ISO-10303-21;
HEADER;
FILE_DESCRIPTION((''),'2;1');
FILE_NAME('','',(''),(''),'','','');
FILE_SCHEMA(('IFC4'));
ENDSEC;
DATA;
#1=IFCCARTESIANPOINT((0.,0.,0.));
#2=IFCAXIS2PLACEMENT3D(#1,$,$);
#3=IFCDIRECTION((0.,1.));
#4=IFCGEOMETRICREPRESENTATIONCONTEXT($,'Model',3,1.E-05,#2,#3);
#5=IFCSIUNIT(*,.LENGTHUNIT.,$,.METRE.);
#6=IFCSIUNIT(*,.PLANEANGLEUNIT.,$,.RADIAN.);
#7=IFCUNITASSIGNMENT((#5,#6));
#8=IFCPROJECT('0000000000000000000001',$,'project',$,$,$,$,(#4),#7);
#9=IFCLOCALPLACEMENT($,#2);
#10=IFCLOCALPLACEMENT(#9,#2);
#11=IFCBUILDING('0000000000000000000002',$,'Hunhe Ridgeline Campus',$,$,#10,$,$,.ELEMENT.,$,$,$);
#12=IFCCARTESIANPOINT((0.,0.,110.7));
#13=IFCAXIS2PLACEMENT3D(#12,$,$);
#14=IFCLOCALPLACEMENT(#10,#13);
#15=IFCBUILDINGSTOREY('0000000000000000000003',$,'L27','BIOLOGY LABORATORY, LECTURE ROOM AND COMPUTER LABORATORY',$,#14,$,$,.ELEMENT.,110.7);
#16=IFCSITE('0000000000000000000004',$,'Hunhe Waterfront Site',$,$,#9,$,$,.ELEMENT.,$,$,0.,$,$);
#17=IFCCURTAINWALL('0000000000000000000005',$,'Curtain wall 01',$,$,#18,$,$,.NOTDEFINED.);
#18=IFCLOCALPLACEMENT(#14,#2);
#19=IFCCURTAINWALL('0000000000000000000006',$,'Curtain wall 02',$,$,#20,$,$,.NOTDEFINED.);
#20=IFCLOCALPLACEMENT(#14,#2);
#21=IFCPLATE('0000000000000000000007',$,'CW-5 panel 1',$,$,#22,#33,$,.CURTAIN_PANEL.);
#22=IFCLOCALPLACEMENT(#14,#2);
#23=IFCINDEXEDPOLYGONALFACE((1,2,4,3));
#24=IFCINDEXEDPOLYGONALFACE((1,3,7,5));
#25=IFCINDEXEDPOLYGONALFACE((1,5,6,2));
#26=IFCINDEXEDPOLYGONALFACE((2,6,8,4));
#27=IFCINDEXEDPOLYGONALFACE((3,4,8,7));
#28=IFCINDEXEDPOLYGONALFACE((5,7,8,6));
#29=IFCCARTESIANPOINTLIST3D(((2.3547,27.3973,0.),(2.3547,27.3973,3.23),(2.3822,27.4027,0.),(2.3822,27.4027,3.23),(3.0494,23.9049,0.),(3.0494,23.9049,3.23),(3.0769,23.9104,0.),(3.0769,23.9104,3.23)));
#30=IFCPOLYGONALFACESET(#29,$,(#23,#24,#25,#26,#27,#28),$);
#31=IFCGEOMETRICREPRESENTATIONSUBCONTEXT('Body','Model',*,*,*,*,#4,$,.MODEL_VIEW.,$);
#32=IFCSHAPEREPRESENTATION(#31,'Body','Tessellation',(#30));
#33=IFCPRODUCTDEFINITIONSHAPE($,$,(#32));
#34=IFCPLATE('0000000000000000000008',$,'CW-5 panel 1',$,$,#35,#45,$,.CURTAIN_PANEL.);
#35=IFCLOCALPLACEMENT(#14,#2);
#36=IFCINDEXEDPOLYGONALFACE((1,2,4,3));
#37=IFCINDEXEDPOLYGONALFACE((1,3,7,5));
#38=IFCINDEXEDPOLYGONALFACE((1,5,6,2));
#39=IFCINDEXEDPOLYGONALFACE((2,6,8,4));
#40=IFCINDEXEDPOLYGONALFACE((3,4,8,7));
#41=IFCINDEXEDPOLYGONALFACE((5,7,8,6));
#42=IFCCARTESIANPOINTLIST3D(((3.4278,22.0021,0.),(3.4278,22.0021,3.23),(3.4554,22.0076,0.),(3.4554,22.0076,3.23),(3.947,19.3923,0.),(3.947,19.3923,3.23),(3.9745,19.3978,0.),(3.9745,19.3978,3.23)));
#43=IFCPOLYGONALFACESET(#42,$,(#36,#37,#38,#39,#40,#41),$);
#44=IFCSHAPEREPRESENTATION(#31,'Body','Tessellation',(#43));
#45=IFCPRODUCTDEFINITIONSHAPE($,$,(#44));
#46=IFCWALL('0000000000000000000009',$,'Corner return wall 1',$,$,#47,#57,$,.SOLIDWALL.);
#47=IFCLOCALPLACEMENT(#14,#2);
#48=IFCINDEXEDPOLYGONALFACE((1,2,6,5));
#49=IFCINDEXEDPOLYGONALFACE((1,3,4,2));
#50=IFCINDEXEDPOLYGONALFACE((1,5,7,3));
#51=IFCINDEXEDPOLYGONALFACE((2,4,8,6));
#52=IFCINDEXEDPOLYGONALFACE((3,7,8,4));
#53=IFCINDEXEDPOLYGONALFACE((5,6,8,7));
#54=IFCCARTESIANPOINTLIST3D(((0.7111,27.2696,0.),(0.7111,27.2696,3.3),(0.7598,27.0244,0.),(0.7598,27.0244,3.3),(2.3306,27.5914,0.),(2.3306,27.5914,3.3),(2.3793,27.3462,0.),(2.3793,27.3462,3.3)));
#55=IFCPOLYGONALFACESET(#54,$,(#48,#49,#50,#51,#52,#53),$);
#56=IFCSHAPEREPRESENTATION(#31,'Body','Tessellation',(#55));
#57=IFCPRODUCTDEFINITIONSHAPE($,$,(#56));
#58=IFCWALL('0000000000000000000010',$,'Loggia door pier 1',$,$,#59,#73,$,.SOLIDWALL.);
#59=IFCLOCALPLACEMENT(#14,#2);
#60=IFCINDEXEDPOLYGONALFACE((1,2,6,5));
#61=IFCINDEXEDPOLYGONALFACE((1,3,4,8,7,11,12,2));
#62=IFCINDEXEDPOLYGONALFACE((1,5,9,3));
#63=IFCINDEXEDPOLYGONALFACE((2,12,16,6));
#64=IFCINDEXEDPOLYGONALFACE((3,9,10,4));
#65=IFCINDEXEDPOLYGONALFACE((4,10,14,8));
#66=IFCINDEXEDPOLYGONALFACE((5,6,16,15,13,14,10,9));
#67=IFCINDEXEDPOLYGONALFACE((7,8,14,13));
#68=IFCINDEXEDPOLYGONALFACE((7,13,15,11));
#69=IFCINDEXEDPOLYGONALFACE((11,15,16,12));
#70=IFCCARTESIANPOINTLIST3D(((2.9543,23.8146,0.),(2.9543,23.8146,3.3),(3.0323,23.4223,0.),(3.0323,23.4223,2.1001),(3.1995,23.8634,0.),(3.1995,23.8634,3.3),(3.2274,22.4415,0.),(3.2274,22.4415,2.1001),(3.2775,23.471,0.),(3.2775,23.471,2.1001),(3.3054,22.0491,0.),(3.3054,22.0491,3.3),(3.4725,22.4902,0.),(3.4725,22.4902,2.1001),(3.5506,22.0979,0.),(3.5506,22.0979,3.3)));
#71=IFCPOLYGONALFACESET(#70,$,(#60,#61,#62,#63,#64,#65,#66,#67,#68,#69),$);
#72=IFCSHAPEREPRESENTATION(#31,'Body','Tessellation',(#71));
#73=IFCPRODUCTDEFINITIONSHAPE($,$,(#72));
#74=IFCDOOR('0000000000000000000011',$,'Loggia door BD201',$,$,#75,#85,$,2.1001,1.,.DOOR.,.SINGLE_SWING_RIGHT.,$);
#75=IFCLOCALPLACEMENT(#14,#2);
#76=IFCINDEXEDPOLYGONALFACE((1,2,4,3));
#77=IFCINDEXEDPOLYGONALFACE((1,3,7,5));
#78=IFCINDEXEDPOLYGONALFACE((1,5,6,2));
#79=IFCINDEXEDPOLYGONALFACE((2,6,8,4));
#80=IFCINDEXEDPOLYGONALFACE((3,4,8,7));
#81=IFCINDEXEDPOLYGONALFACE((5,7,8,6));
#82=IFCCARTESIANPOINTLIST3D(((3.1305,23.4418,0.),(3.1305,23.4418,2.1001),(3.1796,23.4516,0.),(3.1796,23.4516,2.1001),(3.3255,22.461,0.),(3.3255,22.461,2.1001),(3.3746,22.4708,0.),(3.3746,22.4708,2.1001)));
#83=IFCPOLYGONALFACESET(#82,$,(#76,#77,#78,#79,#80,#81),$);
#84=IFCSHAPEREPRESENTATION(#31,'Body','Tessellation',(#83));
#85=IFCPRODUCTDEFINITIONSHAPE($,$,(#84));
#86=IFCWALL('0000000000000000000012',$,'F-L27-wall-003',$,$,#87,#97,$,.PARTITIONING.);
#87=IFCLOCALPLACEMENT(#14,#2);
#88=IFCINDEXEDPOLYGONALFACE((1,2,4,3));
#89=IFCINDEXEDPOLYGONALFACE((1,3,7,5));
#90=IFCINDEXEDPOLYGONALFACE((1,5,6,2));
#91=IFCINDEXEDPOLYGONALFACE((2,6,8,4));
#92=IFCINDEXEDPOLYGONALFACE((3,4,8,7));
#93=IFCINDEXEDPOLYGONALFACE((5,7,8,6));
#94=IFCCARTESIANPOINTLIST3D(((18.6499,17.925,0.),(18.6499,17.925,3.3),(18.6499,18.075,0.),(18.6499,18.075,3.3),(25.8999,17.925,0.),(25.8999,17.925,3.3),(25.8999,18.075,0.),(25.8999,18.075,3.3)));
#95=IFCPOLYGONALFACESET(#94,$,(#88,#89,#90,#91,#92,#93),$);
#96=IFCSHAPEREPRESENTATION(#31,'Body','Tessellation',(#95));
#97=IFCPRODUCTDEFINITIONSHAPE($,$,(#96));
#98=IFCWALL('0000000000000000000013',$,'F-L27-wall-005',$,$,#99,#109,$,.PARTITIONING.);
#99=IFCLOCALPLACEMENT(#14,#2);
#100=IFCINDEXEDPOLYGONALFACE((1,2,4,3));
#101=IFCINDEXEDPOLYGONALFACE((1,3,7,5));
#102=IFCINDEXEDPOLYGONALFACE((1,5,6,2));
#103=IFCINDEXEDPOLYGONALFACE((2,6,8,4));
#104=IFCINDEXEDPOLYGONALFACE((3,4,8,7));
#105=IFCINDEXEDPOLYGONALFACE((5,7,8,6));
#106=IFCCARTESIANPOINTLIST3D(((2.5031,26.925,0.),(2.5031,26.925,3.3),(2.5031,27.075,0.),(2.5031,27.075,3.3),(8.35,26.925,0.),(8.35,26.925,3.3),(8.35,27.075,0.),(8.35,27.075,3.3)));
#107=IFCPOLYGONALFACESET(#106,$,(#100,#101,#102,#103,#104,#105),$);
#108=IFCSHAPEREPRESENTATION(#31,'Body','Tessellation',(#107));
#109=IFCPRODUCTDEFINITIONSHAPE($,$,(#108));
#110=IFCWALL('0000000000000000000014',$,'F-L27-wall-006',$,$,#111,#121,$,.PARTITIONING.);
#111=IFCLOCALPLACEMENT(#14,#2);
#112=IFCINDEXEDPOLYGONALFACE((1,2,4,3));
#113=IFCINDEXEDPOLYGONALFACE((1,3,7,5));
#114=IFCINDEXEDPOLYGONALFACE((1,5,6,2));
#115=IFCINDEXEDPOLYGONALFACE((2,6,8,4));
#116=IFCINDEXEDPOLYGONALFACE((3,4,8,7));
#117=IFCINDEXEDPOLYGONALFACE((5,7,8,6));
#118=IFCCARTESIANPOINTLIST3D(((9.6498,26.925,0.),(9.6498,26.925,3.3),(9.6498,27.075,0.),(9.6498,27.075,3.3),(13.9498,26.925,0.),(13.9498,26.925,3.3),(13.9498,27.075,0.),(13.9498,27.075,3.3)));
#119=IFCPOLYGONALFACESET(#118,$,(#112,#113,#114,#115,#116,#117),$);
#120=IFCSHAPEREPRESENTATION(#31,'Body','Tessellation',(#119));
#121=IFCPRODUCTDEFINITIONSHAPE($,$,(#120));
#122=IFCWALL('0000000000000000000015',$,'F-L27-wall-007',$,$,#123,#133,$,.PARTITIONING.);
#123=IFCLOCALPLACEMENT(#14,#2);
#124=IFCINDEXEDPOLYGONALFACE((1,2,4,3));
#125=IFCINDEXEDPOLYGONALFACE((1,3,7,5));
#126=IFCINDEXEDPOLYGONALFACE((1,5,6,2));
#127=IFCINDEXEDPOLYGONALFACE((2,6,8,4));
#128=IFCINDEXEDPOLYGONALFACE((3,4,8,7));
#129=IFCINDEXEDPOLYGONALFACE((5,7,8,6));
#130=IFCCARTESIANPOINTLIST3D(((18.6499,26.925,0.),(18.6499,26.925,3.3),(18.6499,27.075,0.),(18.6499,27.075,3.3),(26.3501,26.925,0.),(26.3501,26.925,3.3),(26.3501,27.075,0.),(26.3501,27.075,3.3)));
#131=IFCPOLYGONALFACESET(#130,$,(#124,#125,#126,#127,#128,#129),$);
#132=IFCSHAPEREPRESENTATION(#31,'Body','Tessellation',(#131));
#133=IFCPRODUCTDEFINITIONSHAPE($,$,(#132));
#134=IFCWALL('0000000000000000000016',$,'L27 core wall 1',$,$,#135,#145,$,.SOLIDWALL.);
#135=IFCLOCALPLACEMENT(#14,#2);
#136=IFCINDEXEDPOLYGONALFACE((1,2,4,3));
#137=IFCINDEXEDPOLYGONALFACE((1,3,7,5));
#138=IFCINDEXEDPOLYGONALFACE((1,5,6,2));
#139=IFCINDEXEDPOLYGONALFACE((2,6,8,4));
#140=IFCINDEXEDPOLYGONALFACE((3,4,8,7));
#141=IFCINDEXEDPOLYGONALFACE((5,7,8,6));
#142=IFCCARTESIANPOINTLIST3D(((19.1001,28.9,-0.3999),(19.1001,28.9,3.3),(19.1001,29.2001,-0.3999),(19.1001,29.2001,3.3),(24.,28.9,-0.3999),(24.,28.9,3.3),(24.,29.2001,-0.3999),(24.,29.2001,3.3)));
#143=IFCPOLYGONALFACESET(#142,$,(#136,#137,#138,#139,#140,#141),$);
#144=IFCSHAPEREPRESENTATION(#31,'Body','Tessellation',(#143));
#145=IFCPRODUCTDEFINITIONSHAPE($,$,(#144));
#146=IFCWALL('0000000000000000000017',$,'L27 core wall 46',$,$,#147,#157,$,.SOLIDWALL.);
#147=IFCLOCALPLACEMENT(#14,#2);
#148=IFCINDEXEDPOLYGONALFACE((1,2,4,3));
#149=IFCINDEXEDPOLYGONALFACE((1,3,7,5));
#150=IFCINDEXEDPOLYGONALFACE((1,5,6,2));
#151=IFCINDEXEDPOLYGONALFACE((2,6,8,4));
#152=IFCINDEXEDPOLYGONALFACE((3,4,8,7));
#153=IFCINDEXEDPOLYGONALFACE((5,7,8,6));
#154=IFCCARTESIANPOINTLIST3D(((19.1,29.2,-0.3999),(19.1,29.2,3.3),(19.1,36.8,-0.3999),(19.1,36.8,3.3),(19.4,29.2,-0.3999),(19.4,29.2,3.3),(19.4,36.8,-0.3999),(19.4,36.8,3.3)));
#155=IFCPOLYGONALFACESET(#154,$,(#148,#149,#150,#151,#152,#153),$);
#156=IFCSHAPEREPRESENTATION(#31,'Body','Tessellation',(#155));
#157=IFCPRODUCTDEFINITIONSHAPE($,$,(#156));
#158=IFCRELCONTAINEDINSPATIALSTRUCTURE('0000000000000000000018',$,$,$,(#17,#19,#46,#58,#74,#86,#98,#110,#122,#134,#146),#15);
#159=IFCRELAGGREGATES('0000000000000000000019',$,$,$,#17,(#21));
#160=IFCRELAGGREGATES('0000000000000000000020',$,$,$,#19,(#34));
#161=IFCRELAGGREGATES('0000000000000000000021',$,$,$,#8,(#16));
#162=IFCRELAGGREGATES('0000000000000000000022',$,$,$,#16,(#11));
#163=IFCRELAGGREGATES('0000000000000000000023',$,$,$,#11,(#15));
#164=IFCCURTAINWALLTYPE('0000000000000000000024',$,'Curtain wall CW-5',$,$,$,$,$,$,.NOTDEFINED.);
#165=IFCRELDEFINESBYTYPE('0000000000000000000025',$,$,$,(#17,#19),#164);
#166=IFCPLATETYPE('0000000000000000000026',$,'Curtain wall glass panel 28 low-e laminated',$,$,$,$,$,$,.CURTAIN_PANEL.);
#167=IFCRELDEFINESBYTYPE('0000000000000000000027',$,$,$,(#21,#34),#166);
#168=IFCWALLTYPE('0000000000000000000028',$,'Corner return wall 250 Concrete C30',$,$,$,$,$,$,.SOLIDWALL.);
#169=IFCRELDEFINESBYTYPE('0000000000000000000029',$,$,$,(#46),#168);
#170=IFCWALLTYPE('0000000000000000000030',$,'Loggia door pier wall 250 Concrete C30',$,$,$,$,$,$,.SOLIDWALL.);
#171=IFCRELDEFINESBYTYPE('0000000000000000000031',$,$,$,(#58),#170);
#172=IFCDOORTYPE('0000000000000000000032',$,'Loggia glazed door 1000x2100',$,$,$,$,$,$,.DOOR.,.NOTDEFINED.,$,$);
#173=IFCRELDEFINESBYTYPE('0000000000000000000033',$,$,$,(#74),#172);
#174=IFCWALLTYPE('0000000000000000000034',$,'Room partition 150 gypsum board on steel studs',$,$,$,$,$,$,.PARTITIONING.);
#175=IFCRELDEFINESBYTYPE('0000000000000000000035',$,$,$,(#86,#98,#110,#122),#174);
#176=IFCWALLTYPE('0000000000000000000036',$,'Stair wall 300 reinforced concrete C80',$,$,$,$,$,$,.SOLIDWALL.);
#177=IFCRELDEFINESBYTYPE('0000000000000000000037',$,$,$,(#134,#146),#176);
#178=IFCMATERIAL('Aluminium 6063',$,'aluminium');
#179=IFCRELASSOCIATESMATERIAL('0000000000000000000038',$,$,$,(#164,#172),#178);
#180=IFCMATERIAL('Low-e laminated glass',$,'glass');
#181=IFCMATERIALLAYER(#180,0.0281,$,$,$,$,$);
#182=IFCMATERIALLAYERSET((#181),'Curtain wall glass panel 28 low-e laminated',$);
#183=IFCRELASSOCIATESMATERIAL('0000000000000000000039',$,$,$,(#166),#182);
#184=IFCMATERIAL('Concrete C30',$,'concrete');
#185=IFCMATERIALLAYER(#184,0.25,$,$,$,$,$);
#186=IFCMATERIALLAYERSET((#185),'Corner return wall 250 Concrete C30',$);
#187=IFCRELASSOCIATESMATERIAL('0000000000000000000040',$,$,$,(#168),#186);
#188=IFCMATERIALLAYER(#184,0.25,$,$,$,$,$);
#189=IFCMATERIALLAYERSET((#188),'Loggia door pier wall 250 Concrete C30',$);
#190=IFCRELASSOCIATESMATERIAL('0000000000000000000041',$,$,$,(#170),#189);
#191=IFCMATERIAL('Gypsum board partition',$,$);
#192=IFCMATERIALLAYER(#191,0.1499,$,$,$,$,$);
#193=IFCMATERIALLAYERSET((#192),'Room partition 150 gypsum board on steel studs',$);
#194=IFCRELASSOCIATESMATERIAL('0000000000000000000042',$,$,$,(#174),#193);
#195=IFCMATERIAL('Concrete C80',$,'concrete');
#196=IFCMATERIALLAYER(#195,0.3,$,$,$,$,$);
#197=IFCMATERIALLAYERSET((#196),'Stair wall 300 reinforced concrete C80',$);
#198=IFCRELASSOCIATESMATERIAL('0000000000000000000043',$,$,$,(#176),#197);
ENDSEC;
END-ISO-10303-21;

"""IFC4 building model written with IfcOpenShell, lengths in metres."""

from ifc_helpers import new_model, si_unit, direction, frame, frame_2d, origin, origin_2d, place, context, subcontext, project, spatial, rectangle, extrude, material, layer, layer_set, type_object, element, fill, aggregate, save


model = new_model("IFC4")

# Units and contexts
model_context = context("Model", 3, precision=1e-05, world=origin(), true_north=direction((0.0, 1.0)))
body_context = subcontext(model_context, "Body", "Model", "MODEL_VIEW")
ifc_project = project(units=[si_unit("LENGTHUNIT", "METRE"), si_unit("PLANEANGLEUNIT", "RADIAN")], contexts=[model_context])

# Site, building, storey
site_placement = place(None, origin())
site = spatial("IfcSite", under=ifc_project, at=site_placement, Name="Hunhe Waterfront Site", CompositionType="ELEMENT", RefElevation=0.0)
building_placement = place(site_placement, origin())
building = spatial("IfcBuilding", under=site, at=building_placement, Name="Hunhe Ridgeline Campus", CompositionType="ELEMENT")
storey_placement = place(building_placement, frame((0.0, 0.0, 110.7)))
storey = spatial("IfcBuildingStorey", under=building, at=storey_placement, Name="L27", Description="BIOLOGY LABORATORY, LECTURE ROOM AND COMPUTER LABORATORY", CompositionType="ELEMENT", Elevation=110.7)

# Curtain walls
ifc_material_1 = material(Name="Aluminium 6063", Category="aluminium")
curtain_wall_type = type_object("IfcCurtainWallType", Name="Curtain wall CW-5", PredefinedType="NOTDEFINED", material=ifc_material_1)
curtain_wall_1_placement = place(storey_placement, origin())
curtain_wall_1 = element("IfcCurtainWall", 1, at=curtain_wall_1_placement, inside=storey, type_object=curtain_wall_type, Name="Curtain wall 01", PredefinedType="NOTDEFINED")
curtain_wall_2_placement = place(storey_placement, origin())
curtain_wall_2 = element("IfcCurtainWall", 2, at=curtain_wall_2_placement, inside=storey, type_object=curtain_wall_type, Name="Curtain wall 02", PredefinedType="NOTDEFINED")

# Plates
ifc_material_2 = material(Name="Low-e laminated glass", Category="glass")
ifc_layer_1 = layer(ifc_material_2, 0.0281)
ifc_layer_set_1 = layer_set([ifc_layer_1], Name="Curtain wall glass panel 28 low-e laminated")
plate_type = type_object("IfcPlateType", Name="Curtain wall glass panel 28 low-e laminated", PredefinedType="CURTAIN_PANEL", material=ifc_layer_set_1)
plate_1_placement = place(storey_placement, frame((2.7158, 25.6538, 0.0), z_axis=(0.0, 0.0, 1.0), x_axis=(0.195095, -0.980784, 0.0)))
plate_1 = element("IfcPlate", 3, at=plate_1_placement, type_object=plate_type, Name="CW-5 panel 1", PredefinedType="CURTAIN_PANEL", context=body_context, shape_type="SweptSolid", body=[
    extrude(rectangle(XDim=3.5608, YDim=0.0281, at=origin_2d()), origin(), (0.0, 0.0, 1.0), 3.23),
])
aggregate(curtain_wall_1, [plate_1])
plate_2_placement = place(storey_placement, frame((3.7012, 20.7, 0.0), z_axis=(0.0, 0.0, 1.0), x_axis=(0.195095, -0.980784, 0.0)))
plate_2 = element("IfcPlate", 4, at=plate_2_placement, type_object=plate_type, Name="CW-5 panel 1", PredefinedType="CURTAIN_PANEL", context=body_context, shape_type="SweptSolid", body=[
    extrude(rectangle(XDim=2.6609, YDim=0.0281, at=origin_2d()), origin(), (0.0, 0.0, 1.0), 3.23),
])
aggregate(curtain_wall_2, [plate_2])

# Wall
ifc_material_3 = material(Name="Concrete C30", Category="concrete")
ifc_layer_2 = layer(ifc_material_3, 0.25)
ifc_layer_set_2 = layer_set([ifc_layer_2], Name="Corner return wall 250 Concrete C30")
wall_type_1 = type_object("IfcWallType", Name="Corner return wall 250 Concrete C30", PredefinedType="SOLIDWALL", material=ifc_layer_set_2)
wall_1_placement = place(storey_placement, frame((0.7354, 27.147, 0.0), z_axis=(0.0, 0.0, 1.0), x_axis=(0.980824, 0.194893, 0.0)))
element("IfcWall", 5, at=wall_1_placement, inside=storey, type_object=wall_type_1, Name="Corner return wall 1", PredefinedType="SOLIDWALL", context=body_context, shape_type="SweptSolid", body=[
    extrude(rectangle(XDim=1.6511, YDim=0.25, at=frame_2d((0.8257, 0.0))), origin(), (0.0, 0.0, 1.0), 3.3),
])

# Wall, opening, door
ifc_layer_3 = layer(ifc_material_3, 0.25)
ifc_layer_set_3 = layer_set([ifc_layer_3], Name="Loggia door pier wall 250 Concrete C30")
wall_type_2 = type_object("IfcWallType", Name="Loggia door pier wall 250 Concrete C30", PredefinedType="SOLIDWALL", material=ifc_layer_set_3)
wall_2_placement = place(storey_placement, frame((3.0769, 23.8389, 0.0), z_axis=(0.0, 0.0, 1.0), x_axis=(0.195047, -0.980794, 0.0)))
wall_2 = element("IfcWall", 6, at=wall_2_placement, inside=storey, type_object=wall_type_2, Name="Loggia door pier 1", PredefinedType="SOLIDWALL", context=body_context, shape_type="SweptSolid", body=[
    extrude(rectangle(XDim=1.8, YDim=0.25, at=frame_2d((0.8999, 0.0))), origin(), (0.0, 0.0, 1.0), 3.3),
])
opening_placement = place(wall_2_placement, frame((0.3999, 0.0, 0.0)))
opening = element("IfcOpeningElement", 7, at=opening_placement, cuts=wall_2, PredefinedType="OPENING", context=body_context, shape_type="SweptSolid", body=[
    extrude(rectangle(XDim=1.0, YDim=2.1001, at=frame_2d((0.5, 1.05))), frame((0.0, 0.125, 0.0), z_axis=(0.0, -1.0, 0.0), x_axis=(1.0, 0.0, 0.0)), (0.0, 0.0, 1.0), 0.25),
])
door_type = type_object("IfcDoorType", Name="Loggia glazed door 1000x2100", OperationType="NOTDEFINED", PredefinedType="DOOR", material=ifc_material_1)
door_placement = place(opening_placement, frame((1.0, 0.0, 0.0), z_axis=(0.0, 0.0, 1.0), x_axis=(-1.0, 0.0, 0.0)))
door = element("IfcDoor", 8, at=door_placement, inside=storey, type_object=door_type, Name="Loggia door BD201", OperationType="SINGLE_SWING_RIGHT", OverallHeight=2.1001, OverallWidth=1.0, PredefinedType="DOOR", context=body_context, shape_type="SweptSolid", body=[
    extrude(rectangle(XDim=1.0, YDim=2.1001, at=frame_2d((0.5, 1.05))), frame((0.0, 0.0249, 0.0), z_axis=(0.0, -1.0, 0.0), x_axis=(1.0, 0.0, 0.0)), (0.0, 0.0, 1.0), 0.05),
])
fill(opening, door)

# Walls
ifc_material_4 = material(Name="Gypsum board partition")
ifc_layer_4 = layer(ifc_material_4, 0.1499)
ifc_layer_set_4 = layer_set([ifc_layer_4], Name="Room partition 150 gypsum board on steel studs")
wall_type_3 = type_object("IfcWallType", Name="Room partition 150 gypsum board on steel studs", PredefinedType="PARTITIONING", material=ifc_layer_set_4)
wall_3_placement = place(storey_placement, frame((18.6499, 18.0, 0.0), z_axis=(0.0, 0.0, 1.0), x_axis=(1.0, 0.0, 0.0)))
element("IfcWall", 9, at=wall_3_placement, inside=storey, type_object=wall_type_3, Name="F-L27-wall-003", PredefinedType="PARTITIONING", context=body_context, shape_type="SweptSolid", body=[
    extrude(rectangle(XDim=7.25, YDim=0.1499, at=frame_2d((3.625, 0.0))), origin(), (0.0, 0.0, 1.0), 3.3),
])
wall_4_placement = place(storey_placement, frame((2.5032, 27.0, 0.0), z_axis=(0.0, 0.0, 1.0), x_axis=(1.0, 0.0, 0.0)))
element("IfcWall", 10, at=wall_4_placement, inside=storey, type_object=wall_type_3, Name="F-L27-wall-005", PredefinedType="PARTITIONING", context=body_context, shape_type="SweptSolid", body=[
    extrude(rectangle(XDim=5.8469, YDim=0.1499, at=frame_2d((2.9233, 0.0))), origin(), (0.0, 0.0, 1.0), 3.3),
])
wall_5_placement = place(storey_placement, frame((9.6499, 27.0, 0.0), z_axis=(0.0, 0.0, 1.0), x_axis=(1.0, 0.0, 0.0)))
element("IfcWall", 11, at=wall_5_placement, inside=storey, type_object=wall_type_3, Name="F-L27-wall-006", PredefinedType="PARTITIONING", context=body_context, shape_type="SweptSolid", body=[
    extrude(rectangle(XDim=4.3, YDim=0.1499, at=frame_2d((2.1499, 0.0))), origin(), (0.0, 0.0, 1.0), 3.3),
])
wall_6_placement = place(storey_placement, frame((18.6499, 27.0, 0.0), z_axis=(0.0, 0.0, 1.0), x_axis=(1.0, 0.0, 0.0)))
element("IfcWall", 12, at=wall_6_placement, inside=storey, type_object=wall_type_3, Name="F-L27-wall-007", PredefinedType="PARTITIONING", context=body_context, shape_type="SweptSolid", body=[
    extrude(rectangle(XDim=7.7002, YDim=0.1499, at=frame_2d((3.8501, 0.0))), origin(), (0.0, 0.0, 1.0), 3.3),
])
ifc_material_5 = material(Name="Concrete C80", Category="concrete")
ifc_layer_5 = layer(ifc_material_5, 0.3)
ifc_layer_set_5 = layer_set([ifc_layer_5], Name="Stair wall 300 reinforced concrete C80")
wall_type_4 = type_object("IfcWallType", Name="Stair wall 300 reinforced concrete C80", PredefinedType="SOLIDWALL", material=ifc_layer_set_5)
wall_7_placement = place(storey_placement, frame((19.1001, 29.05, -0.3999), z_axis=(0.0, 0.0, 1.0), x_axis=(1.0, 0.0, 0.0)))
element("IfcWall", 13, at=wall_7_placement, inside=storey, type_object=wall_type_4, Name="L27 core wall 1", PredefinedType="SOLIDWALL", context=body_context, shape_type="SweptSolid", body=[
    extrude(rectangle(XDim=4.8999, YDim=0.3, at=frame_2d((2.45, 0.0))), origin(), (0.0, 0.0, 1.0), 3.7),
])
wall_8_placement = place(storey_placement, frame((19.25, 29.2, -0.3999), z_axis=(0.0, 0.0, 1.0), x_axis=(0.0, 1.0, 0.0)))
element("IfcWall", 14, at=wall_8_placement, inside=storey, type_object=wall_type_4, Name="L27 core wall 46", PredefinedType="SOLIDWALL", context=body_context, shape_type="SweptSolid", body=[
    extrude(rectangle(XDim=7.6001, YDim=0.3, at=frame_2d((3.8, 0.0))), origin(), (0.0, 0.0, 1.0), 3.7),
])

save(model, "model.ifc")
